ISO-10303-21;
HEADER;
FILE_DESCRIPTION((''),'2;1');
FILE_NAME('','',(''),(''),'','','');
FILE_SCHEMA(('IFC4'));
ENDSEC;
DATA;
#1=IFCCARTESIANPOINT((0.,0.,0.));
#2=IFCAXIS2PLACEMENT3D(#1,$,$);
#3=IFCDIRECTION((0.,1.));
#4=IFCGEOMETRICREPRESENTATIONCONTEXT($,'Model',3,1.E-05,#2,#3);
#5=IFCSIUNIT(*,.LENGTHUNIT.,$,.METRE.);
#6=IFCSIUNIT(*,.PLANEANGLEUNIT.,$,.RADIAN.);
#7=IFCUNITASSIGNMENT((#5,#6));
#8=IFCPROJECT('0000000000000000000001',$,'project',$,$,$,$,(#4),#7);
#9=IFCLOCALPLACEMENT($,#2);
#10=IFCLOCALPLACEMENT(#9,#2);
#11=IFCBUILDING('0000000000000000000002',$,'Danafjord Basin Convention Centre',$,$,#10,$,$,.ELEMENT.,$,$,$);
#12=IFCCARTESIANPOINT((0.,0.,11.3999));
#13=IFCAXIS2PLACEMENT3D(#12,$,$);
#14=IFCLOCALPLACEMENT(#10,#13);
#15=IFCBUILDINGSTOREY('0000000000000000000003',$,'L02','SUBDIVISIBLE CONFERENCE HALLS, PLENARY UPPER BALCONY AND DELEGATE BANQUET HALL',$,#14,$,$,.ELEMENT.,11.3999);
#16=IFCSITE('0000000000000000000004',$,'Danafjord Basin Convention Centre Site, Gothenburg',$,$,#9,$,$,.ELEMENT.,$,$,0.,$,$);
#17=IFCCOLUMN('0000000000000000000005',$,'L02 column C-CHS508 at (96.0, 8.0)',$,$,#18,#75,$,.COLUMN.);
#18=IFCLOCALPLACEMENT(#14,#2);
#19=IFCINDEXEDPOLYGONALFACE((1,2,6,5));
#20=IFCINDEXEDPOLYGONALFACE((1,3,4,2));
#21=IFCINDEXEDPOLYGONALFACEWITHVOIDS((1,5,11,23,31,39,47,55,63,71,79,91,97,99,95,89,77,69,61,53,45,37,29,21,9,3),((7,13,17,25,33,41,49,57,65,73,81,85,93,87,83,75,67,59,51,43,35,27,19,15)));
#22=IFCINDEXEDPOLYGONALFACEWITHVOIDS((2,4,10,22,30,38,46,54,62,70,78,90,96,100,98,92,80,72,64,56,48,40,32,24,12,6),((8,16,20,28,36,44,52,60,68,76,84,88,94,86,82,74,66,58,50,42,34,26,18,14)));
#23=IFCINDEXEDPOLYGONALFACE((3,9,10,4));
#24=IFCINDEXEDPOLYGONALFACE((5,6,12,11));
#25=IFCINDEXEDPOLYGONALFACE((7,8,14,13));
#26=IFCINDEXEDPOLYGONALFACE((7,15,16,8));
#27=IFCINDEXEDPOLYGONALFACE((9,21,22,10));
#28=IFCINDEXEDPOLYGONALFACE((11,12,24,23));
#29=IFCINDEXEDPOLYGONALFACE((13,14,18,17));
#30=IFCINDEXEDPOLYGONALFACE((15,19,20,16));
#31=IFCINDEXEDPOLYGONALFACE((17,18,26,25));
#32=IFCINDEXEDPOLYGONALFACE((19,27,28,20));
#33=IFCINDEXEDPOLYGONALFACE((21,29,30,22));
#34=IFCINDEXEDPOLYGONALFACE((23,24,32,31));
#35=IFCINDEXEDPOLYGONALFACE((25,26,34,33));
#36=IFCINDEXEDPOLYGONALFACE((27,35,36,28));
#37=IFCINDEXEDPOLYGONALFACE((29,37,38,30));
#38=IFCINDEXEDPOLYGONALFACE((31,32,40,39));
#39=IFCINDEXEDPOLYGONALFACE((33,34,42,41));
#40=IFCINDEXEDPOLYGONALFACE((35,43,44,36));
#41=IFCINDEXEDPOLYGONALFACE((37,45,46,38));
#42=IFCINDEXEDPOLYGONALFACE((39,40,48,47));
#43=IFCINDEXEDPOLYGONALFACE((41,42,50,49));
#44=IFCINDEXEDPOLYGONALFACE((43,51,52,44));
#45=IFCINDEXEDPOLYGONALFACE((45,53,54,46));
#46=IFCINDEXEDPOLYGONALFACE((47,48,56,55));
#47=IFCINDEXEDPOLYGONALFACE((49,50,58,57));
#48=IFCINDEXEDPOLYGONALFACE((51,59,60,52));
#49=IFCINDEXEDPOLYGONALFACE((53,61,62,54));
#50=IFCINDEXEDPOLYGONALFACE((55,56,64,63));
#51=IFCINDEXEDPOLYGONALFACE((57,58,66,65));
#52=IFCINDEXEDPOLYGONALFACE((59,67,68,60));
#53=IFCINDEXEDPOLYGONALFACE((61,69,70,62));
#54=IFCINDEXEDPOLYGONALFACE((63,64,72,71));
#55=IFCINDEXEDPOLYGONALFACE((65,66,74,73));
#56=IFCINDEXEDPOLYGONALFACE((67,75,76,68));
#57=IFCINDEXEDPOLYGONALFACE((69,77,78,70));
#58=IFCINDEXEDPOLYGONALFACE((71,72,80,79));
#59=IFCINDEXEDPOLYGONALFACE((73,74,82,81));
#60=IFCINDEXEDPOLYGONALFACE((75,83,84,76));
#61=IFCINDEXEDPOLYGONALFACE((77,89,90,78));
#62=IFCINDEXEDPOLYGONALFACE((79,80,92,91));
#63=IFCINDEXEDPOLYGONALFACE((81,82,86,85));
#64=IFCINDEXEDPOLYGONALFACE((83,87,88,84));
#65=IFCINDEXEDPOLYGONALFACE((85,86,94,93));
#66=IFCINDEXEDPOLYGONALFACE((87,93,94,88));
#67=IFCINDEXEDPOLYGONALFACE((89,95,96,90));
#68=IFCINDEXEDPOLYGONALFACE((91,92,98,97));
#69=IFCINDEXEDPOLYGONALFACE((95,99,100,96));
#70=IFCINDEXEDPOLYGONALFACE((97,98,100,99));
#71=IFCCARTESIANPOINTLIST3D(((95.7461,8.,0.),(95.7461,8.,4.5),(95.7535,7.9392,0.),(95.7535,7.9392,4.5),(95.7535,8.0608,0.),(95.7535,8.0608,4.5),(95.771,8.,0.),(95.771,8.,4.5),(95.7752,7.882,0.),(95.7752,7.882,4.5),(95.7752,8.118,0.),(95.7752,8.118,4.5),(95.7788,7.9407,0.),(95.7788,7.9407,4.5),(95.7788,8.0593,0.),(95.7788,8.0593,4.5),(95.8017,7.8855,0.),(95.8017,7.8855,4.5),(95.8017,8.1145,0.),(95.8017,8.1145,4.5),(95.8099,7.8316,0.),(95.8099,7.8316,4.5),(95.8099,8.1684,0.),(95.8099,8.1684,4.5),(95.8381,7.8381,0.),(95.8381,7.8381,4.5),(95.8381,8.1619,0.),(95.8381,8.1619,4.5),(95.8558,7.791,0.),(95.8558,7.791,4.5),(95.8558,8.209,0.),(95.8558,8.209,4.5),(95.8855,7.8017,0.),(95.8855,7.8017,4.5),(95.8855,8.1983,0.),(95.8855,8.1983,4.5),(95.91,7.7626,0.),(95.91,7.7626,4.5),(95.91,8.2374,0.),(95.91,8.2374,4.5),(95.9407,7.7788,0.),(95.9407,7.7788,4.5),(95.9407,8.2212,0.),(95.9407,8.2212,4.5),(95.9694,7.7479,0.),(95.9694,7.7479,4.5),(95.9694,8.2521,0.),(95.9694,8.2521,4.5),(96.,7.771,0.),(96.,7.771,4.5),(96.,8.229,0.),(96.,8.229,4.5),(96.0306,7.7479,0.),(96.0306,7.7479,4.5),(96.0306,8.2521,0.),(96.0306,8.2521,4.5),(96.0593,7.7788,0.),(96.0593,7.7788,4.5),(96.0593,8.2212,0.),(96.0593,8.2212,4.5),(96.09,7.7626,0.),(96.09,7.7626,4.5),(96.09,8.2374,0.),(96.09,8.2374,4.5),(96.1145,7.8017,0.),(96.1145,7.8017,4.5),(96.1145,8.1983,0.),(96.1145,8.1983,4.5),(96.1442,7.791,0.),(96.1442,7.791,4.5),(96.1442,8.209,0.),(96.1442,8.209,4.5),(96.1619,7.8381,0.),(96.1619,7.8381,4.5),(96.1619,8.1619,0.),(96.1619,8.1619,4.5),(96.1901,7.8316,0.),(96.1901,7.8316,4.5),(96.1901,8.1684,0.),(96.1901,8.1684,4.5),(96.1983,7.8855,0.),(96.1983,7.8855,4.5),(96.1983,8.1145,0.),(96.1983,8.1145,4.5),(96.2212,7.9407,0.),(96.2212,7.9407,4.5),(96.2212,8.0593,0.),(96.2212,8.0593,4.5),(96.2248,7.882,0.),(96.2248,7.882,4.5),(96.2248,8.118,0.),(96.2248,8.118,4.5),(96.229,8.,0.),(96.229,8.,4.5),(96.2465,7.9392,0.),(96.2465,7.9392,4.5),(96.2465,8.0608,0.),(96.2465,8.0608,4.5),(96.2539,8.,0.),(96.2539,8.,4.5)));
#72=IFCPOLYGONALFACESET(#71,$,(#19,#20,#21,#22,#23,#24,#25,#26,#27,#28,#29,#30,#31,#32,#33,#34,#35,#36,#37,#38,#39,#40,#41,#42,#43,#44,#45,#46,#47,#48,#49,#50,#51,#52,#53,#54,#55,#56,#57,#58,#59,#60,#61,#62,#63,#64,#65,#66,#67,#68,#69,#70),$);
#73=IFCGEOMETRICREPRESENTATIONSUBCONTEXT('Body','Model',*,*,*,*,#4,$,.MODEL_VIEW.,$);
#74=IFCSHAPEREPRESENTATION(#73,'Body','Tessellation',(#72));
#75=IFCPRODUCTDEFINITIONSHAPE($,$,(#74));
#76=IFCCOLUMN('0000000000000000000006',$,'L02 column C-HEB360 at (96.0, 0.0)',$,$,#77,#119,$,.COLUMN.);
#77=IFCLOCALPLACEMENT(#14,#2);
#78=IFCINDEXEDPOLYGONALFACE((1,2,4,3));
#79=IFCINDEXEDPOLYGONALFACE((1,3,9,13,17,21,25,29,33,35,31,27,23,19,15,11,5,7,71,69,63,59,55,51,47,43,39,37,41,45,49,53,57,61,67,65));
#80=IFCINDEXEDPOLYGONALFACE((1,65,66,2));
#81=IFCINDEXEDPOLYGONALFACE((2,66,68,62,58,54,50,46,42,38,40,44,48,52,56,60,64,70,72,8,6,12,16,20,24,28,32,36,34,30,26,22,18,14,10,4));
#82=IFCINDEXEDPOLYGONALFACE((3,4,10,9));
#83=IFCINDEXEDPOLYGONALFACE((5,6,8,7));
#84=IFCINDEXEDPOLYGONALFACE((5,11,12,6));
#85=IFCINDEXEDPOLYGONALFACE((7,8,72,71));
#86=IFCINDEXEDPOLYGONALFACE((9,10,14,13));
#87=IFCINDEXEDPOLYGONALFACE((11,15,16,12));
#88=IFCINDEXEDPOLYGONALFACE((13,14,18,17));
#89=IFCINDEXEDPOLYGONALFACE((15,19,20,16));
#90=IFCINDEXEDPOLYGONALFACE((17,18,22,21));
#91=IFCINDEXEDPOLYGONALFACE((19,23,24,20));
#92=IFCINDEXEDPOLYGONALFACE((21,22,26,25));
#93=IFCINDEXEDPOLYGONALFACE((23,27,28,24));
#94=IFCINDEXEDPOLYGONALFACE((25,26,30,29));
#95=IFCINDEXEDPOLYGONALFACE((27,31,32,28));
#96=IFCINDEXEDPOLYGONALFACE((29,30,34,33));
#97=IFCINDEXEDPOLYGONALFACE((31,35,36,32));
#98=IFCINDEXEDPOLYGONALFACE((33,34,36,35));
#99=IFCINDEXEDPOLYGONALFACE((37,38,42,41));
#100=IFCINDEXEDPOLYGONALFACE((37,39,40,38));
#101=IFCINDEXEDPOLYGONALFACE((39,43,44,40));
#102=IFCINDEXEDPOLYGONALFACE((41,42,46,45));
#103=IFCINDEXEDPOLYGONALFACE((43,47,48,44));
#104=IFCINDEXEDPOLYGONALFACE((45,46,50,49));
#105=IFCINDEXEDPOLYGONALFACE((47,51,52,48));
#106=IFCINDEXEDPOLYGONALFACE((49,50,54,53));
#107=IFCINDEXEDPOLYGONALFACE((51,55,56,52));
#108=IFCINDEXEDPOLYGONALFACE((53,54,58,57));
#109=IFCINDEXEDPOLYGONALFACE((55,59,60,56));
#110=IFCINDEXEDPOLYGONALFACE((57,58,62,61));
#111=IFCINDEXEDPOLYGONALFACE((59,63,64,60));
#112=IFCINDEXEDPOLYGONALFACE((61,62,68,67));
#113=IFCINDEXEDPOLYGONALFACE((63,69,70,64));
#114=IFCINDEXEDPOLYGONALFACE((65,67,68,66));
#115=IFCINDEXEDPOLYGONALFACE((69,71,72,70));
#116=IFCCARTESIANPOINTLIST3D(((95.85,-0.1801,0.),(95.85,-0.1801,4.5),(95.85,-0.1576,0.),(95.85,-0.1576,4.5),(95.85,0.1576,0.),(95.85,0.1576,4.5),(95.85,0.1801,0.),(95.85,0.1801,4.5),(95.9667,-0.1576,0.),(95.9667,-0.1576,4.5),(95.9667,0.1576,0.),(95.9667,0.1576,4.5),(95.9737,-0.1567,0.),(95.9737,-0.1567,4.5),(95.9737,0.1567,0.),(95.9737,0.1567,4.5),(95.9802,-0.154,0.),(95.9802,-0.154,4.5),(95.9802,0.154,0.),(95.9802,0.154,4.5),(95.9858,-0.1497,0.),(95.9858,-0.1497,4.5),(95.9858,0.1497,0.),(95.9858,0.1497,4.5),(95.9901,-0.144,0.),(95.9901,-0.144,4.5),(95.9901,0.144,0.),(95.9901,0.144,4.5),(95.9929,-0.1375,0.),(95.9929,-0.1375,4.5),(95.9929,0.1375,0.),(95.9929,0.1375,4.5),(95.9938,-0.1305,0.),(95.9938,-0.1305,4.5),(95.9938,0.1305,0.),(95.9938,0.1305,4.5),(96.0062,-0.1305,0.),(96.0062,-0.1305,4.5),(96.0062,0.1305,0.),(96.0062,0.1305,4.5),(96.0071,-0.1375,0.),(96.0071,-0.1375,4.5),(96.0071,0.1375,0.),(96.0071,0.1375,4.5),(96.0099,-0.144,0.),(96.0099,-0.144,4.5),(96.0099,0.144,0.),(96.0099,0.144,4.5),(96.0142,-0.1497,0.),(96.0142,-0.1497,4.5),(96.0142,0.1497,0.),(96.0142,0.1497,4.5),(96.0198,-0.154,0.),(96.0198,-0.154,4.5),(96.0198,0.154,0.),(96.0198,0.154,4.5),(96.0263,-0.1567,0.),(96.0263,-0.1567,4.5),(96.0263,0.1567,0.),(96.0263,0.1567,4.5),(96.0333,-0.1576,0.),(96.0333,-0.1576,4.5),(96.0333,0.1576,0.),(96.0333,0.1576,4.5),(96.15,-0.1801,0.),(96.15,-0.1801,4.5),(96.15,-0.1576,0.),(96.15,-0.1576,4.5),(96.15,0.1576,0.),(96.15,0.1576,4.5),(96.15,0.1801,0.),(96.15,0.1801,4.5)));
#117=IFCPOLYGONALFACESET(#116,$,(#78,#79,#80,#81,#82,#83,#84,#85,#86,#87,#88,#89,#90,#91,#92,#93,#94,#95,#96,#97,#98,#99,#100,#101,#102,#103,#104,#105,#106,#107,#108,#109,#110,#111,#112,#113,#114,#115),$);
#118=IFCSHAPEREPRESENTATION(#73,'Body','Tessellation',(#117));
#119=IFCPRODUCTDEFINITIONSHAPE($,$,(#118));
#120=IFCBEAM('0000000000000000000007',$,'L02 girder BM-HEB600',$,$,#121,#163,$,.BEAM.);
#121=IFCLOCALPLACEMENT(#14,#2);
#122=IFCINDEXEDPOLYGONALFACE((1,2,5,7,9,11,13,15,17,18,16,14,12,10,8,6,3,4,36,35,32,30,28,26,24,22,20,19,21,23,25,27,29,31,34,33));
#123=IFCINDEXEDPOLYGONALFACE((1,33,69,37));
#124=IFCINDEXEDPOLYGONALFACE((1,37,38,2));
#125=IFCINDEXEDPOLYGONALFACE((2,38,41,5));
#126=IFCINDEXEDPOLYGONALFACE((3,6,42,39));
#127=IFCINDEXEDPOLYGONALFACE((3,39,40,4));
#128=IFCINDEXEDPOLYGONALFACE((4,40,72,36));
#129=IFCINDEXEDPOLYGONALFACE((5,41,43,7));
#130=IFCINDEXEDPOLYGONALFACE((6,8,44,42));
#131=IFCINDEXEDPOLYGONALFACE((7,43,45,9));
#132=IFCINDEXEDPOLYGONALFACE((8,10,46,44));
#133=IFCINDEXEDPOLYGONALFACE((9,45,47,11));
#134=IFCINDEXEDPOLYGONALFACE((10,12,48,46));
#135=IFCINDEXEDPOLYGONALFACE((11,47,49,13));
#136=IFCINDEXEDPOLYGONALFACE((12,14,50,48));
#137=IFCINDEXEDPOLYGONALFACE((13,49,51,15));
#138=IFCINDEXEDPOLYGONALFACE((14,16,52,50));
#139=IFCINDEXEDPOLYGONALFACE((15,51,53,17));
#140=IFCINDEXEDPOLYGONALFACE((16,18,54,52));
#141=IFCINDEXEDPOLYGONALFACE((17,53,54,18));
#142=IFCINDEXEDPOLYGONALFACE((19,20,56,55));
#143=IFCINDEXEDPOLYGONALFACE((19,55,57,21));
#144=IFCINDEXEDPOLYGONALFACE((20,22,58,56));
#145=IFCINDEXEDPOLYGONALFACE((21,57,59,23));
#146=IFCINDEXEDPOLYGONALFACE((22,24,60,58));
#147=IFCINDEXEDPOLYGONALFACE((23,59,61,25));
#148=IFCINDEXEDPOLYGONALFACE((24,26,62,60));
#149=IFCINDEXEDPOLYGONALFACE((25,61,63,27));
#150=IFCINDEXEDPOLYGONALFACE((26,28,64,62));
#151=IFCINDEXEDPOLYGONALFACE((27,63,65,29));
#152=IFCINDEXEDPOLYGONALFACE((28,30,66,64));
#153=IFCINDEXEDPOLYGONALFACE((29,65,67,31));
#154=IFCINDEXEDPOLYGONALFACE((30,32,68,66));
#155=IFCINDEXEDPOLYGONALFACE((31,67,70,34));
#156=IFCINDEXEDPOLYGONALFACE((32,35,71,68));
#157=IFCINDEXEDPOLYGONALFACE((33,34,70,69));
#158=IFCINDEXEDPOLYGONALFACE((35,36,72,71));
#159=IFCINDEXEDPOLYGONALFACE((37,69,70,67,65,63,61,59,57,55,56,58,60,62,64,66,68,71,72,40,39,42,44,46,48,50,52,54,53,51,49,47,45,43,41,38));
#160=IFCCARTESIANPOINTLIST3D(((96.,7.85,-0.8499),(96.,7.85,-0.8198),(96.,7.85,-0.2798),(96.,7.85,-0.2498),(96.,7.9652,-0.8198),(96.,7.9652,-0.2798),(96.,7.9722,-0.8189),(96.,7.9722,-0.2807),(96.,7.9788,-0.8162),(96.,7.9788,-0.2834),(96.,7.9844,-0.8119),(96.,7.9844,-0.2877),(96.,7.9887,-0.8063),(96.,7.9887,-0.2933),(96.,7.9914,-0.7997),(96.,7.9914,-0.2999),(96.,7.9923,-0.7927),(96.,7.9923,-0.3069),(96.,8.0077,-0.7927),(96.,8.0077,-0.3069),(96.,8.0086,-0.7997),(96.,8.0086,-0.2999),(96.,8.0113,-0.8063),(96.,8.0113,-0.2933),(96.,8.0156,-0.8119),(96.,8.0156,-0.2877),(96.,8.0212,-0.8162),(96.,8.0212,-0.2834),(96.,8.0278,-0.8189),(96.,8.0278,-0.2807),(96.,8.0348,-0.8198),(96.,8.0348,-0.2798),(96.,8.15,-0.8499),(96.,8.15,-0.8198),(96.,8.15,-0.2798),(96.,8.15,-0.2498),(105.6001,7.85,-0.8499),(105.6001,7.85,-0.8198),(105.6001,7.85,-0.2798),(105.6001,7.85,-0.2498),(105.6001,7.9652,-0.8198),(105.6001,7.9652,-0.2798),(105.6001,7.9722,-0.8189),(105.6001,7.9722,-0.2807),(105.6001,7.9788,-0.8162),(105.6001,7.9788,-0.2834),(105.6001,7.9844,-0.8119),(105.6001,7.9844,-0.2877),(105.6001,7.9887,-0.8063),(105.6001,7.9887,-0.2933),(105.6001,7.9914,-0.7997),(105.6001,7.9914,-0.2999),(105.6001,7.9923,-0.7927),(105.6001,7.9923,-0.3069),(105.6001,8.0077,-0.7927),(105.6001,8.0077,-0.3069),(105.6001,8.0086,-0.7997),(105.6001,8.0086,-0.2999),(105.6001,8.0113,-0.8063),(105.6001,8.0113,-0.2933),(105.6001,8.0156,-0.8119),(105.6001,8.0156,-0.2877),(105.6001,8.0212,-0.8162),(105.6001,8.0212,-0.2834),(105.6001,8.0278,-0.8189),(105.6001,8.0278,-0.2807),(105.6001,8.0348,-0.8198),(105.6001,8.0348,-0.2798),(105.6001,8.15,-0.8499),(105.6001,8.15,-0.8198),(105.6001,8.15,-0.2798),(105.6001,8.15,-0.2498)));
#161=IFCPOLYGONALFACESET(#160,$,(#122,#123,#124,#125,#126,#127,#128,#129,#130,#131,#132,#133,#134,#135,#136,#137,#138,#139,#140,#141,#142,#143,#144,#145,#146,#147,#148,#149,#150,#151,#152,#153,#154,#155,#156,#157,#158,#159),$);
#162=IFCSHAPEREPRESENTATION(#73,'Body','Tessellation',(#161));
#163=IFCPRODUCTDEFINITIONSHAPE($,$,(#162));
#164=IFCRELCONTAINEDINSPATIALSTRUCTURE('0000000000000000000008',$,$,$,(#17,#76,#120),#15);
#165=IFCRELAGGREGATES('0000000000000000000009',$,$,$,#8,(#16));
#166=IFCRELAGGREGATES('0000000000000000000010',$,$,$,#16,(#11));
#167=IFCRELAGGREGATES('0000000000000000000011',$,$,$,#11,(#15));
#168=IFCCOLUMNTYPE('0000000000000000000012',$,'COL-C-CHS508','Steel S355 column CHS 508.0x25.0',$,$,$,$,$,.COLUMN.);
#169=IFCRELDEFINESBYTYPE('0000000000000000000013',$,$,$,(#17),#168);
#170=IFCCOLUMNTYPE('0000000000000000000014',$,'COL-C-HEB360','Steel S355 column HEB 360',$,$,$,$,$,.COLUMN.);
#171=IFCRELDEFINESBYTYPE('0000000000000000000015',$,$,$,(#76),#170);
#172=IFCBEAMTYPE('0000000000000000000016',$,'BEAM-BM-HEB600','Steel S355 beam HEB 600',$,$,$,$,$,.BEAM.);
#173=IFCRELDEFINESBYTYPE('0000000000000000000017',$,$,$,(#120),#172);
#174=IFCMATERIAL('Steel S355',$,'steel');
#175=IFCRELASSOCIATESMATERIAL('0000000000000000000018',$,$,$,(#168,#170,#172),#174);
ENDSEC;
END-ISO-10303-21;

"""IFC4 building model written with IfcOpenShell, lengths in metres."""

from ifc_helpers import new_model, si_unit, direction, frame, origin, origin_2d, place, context, subcontext, project, spatial, hollow_circle, i_section, extrude, material, material_profile, profile_set, type_object, element, save


model = new_model("IFC4")

# Units and contexts
model_context = context("Model", 3, precision=1e-05, world=origin(), true_north=direction((0.0, 1.0)))
body_context = subcontext(model_context, "Body", "Model", "MODEL_VIEW")
ifc_project = project(units=[si_unit("LENGTHUNIT", "METRE"), si_unit("PLANEANGLEUNIT", "RADIAN")], contexts=[model_context])

# Site, building, storey
site_placement = place(None, origin())
site = spatial("IfcSite", under=ifc_project, at=site_placement, Name="Danafjord Basin Convention Centre Site, Gothenburg", CompositionType="ELEMENT", RefElevation=0.0)
building_placement = place(site_placement, origin())
building = spatial("IfcBuilding", under=site, at=building_placement, Name="Danafjord Basin Convention Centre", CompositionType="ELEMENT")
storey_placement = place(building_placement, frame((0.0, 0.0, 11.3999)))
storey = spatial("IfcBuildingStorey", under=building, at=storey_placement, Name="L02", Description="SUBDIVISIBLE CONFERENCE HALLS, PLENARY UPPER BALCONY AND DELEGATE BANQUET HALL", CompositionType="ELEMENT", Elevation=11.3999)

# Columns
ifc_material_1 = material(Name="Steel S355", Category="steel")
ifc_material_profile_1 = material_profile(ifc_material_1, hollow_circle(Radius=0.2539, WallThickness=0.0249, at=origin_2d()), Name="CHS 508.0x25.0")
ifc_profile_set_1 = profile_set([ifc_material_profile_1], Name="Steel S355")
column_type_1 = type_object("IfcColumnType", Name="COL-C-CHS508", Description="Steel S355 column CHS 508.0x25.0", PredefinedType="COLUMN", material=ifc_profile_set_1)
column_1_placement = place(storey_placement, frame((96.0, 8.0, 0.0), z_axis=(0.0, 0.0, 1.0), x_axis=(1.0, 0.0, 0.0)))
element("IfcColumn", 1, at=column_1_placement, inside=storey, type_object=column_type_1, Name="L02 column C-CHS508 at (96.0, 8.0)", PredefinedType="COLUMN", context=body_context, shape_type="SweptSolid", body=[
    extrude(hollow_circle(Radius=0.2539, WallThickness=0.0249, at=origin_2d()), origin(), (0.0, 0.0, 1.0), 4.5),
])
ifc_material_profile_2 = material_profile(ifc_material_1, i_section(OverallWidth=0.3, OverallDepth=0.3601, WebThickness=0.0125, FlangeThickness=0.0225, FilletRadius=0.0271, at=origin_2d()), Name="HEB 360")
ifc_profile_set_2 = profile_set([ifc_material_profile_2], Name="Steel S355")
column_type_2 = type_object("IfcColumnType", Name="COL-C-HEB360", Description="Steel S355 column HEB 360", PredefinedType="COLUMN", material=ifc_profile_set_2)
column_2_placement = place(storey_placement, frame((96.0, 0.0, 0.0), z_axis=(0.0, 0.0, 1.0), x_axis=(1.0, 0.0, 0.0)))
element("IfcColumn", 2, at=column_2_placement, inside=storey, type_object=column_type_2, Name="L02 column C-HEB360 at (96.0, 0.0)", PredefinedType="COLUMN", context=body_context, shape_type="SweptSolid", body=[
    extrude(i_section(OverallWidth=0.3, OverallDepth=0.3601, WebThickness=0.0125, FlangeThickness=0.0225, FilletRadius=0.0271, at=origin_2d()), origin(), (0.0, 0.0, 1.0), 4.5),
])

# Beam
ifc_material_profile_3 = material_profile(ifc_material_1, i_section(OverallWidth=0.3, OverallDepth=0.6001, WebThickness=0.0154, FlangeThickness=0.03, FilletRadius=0.0271, at=origin_2d()), Name="HEB 600")
ifc_profile_set_3 = profile_set([ifc_material_profile_3], Name="Steel S355")
beam_type_1 = type_object("IfcBeamType", Name="BEAM-BM-HEB600", Description="Steel S355 beam HEB 600", PredefinedType="BEAM", material=ifc_profile_set_3)
beam_1_placement = place(storey_placement, frame((96.0, 8.0, -0.5498), z_axis=(1.0, 0.0, 0.0), x_axis=(0.0, 1.0, 0.0)))
element("IfcBeam", 3, at=beam_1_placement, inside=storey, type_object=beam_type_1, Name="L02 girder BM-HEB600", PredefinedType="BEAM", context=body_context, shape_type="SweptSolid", body=[
    extrude(i_section(OverallWidth=0.3, OverallDepth=0.6001, WebThickness=0.0154, FlangeThickness=0.03, FilletRadius=0.0271, at=origin_2d()), origin(), (0.0, 0.0, 1.0), 9.6001),
])

save(model, "model.ifc")
